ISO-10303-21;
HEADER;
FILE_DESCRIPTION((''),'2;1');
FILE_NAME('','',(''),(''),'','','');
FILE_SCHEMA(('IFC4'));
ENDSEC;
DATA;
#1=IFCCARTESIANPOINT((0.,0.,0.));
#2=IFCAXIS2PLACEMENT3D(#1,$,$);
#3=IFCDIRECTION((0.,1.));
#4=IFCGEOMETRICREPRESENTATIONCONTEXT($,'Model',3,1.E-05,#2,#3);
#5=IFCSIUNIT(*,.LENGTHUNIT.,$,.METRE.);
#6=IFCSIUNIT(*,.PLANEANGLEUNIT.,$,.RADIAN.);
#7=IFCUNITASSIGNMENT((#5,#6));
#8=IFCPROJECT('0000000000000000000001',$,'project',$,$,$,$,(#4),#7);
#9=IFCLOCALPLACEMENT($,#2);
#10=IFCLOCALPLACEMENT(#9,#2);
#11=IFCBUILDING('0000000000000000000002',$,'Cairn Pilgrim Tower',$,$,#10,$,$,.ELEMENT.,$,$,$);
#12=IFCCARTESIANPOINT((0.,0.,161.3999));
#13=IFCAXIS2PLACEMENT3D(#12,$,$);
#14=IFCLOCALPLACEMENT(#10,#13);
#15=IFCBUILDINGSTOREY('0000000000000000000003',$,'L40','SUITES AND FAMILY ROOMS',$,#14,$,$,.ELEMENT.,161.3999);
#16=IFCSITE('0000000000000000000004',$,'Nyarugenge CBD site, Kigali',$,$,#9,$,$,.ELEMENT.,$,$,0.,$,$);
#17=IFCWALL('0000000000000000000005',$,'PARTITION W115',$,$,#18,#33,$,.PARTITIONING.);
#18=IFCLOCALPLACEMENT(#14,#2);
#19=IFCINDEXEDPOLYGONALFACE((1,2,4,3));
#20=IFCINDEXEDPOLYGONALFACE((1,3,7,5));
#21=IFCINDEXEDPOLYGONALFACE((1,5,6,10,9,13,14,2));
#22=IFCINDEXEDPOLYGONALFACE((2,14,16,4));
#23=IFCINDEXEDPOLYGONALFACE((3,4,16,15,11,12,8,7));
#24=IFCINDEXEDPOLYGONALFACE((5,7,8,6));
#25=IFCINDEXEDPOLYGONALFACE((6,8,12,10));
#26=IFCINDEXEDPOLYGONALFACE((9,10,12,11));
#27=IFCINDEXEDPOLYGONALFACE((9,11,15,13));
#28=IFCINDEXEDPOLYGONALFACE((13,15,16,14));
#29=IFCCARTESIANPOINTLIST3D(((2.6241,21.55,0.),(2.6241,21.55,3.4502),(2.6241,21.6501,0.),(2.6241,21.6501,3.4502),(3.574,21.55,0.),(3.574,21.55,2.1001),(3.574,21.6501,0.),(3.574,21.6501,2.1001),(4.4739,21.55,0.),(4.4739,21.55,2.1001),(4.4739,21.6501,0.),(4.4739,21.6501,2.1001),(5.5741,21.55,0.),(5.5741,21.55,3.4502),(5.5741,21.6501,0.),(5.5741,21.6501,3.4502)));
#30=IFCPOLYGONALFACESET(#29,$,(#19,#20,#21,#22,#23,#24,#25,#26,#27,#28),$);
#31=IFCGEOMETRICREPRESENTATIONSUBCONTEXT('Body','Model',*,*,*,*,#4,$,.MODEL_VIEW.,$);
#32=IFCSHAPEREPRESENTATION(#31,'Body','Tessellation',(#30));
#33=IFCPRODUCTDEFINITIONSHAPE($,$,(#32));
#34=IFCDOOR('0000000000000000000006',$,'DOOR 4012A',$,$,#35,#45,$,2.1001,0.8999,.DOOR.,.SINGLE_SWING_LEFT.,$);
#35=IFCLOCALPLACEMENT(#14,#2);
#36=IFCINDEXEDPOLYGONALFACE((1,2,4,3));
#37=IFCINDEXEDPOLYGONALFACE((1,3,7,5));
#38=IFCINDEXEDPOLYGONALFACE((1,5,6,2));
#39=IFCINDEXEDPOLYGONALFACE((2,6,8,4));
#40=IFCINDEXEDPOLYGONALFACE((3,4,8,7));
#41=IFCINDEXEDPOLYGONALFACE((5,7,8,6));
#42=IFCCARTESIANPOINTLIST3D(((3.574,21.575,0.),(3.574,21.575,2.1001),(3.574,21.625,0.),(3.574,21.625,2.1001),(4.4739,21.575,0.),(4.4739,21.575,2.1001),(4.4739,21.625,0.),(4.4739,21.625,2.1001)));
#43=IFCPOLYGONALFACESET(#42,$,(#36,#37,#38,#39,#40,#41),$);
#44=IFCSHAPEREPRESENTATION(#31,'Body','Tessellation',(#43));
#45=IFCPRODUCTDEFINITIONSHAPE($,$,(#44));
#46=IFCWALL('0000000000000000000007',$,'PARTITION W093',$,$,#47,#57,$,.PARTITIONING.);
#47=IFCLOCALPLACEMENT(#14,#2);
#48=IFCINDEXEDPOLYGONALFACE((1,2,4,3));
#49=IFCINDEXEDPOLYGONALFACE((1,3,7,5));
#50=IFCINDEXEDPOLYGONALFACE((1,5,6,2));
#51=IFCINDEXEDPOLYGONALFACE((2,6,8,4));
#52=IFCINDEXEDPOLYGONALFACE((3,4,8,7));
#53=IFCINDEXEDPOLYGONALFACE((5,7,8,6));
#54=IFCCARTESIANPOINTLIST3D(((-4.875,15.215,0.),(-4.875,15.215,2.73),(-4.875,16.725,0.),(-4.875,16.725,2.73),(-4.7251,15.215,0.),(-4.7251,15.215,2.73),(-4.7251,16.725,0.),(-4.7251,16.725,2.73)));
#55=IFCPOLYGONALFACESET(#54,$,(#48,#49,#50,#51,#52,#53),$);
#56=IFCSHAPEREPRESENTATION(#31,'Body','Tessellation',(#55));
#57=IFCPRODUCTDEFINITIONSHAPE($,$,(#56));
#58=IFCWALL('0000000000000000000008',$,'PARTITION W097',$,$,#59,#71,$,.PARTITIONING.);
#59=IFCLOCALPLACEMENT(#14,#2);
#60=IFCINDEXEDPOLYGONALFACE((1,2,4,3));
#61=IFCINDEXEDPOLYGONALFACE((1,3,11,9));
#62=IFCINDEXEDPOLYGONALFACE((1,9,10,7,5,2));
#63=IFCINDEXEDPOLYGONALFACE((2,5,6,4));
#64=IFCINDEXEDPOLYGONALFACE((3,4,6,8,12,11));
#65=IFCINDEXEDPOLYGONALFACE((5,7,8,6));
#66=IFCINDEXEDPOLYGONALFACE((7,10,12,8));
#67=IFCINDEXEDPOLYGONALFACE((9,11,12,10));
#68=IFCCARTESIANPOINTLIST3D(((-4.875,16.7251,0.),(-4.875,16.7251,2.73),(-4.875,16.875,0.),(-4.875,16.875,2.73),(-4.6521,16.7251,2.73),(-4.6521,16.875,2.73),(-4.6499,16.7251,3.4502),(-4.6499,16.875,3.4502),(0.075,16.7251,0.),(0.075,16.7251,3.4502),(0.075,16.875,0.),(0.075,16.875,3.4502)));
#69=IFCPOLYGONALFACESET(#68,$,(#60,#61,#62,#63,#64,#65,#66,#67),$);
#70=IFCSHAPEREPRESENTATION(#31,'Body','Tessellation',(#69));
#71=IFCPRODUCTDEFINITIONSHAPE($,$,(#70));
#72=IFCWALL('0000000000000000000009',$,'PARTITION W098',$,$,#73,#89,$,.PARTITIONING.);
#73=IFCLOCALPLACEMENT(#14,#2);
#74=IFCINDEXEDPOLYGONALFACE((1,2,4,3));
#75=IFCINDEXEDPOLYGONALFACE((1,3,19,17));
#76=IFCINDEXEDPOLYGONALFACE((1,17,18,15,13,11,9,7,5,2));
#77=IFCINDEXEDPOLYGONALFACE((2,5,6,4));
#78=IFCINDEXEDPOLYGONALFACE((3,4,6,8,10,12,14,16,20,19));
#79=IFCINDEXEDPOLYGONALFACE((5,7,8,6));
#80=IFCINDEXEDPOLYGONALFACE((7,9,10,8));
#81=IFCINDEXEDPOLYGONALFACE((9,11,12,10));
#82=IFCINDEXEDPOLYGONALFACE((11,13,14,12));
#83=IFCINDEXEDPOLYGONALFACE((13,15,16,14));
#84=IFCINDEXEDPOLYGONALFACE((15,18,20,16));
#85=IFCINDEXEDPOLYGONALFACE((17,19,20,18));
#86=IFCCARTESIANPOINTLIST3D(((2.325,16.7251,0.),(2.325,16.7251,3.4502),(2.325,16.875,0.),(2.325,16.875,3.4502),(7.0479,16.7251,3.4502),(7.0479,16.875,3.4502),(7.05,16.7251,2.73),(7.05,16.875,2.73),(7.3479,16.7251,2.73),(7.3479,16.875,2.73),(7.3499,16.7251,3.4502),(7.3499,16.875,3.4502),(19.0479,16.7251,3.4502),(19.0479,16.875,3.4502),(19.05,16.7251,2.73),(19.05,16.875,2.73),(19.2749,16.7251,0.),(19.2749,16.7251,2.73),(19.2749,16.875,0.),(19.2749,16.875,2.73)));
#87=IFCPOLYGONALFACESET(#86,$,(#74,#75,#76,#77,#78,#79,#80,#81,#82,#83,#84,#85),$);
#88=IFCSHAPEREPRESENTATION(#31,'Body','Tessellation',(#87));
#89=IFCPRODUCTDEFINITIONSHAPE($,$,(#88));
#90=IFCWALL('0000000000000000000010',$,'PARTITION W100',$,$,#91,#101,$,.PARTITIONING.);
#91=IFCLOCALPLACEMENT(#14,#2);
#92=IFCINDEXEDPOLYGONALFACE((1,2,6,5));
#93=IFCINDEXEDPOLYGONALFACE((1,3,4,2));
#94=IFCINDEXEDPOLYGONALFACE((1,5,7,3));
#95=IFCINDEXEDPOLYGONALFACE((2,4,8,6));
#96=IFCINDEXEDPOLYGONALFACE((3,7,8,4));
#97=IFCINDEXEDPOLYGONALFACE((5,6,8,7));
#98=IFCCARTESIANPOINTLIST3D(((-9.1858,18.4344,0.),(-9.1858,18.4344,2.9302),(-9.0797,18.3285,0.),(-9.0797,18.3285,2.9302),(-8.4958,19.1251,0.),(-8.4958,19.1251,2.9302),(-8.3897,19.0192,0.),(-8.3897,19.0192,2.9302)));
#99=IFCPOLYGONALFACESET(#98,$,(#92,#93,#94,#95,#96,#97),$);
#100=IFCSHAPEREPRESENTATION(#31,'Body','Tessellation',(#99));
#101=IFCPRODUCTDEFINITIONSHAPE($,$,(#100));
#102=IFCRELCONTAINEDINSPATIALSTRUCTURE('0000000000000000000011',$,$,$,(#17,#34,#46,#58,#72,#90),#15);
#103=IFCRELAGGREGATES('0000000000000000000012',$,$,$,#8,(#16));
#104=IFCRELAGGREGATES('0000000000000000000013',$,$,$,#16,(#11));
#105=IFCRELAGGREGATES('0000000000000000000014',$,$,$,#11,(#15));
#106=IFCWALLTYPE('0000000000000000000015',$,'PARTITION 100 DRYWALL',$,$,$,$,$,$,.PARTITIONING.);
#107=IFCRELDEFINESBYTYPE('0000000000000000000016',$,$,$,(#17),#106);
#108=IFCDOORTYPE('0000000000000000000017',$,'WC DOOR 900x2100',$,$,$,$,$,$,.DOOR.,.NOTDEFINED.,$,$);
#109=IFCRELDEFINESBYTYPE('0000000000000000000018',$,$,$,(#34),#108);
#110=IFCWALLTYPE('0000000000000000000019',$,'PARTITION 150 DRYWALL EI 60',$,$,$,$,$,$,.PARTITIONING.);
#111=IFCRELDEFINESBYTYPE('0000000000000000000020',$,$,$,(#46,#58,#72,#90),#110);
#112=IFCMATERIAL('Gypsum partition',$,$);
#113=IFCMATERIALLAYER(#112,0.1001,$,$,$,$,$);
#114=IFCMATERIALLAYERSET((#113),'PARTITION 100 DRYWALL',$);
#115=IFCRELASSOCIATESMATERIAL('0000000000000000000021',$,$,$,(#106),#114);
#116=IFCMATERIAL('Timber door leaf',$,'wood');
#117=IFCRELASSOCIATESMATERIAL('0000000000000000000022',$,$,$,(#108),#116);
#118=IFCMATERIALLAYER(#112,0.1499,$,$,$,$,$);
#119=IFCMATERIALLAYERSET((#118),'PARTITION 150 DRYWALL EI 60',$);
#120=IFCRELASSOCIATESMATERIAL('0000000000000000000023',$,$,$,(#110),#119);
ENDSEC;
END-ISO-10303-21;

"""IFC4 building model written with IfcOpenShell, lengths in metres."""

from ifc_helpers import new_model, si_unit, direction, frame, frame_2d, origin, place, context, subcontext, project, spatial, polyline, rectangle, outline, extrude, material, layer, layer_set, type_object, element, fill, save


model = new_model("IFC4")

# Units and contexts
model_context = context("Model", 3, precision=1e-05, world=origin(), true_north=direction((0.0, 1.0)))
body_context = subcontext(model_context, "Body", "Model", "MODEL_VIEW")
ifc_project = project(units=[si_unit("LENGTHUNIT", "METRE"), si_unit("PLANEANGLEUNIT", "RADIAN")], contexts=[model_context])

# Site, building, storey
site_placement = place(None, origin())
site = spatial("IfcSite", under=ifc_project, at=site_placement, Name="Nyarugenge CBD site, Kigali", CompositionType="ELEMENT", RefElevation=0.0)
building_placement = place(site_placement, origin())
building = spatial("IfcBuilding", under=site, at=building_placement, Name="Cairn Pilgrim Tower", CompositionType="ELEMENT")
storey_placement = place(building_placement, frame((0.0, 0.0, 161.3999)))
storey = spatial("IfcBuildingStorey", under=building, at=storey_placement, Name="L40", Description="SUITES AND FAMILY ROOMS", CompositionType="ELEMENT", Elevation=161.3999)

# Shared definitions
ifc_material_1 = material(Name="Gypsum partition")
ifc_layer_1 = layer(ifc_material_1, 0.1001)
ifc_layer_set_1 = layer_set([ifc_layer_1], Name="PARTITION 100 DRYWALL")
wall_type_1 = type_object("IfcWallType", Name="PARTITION 100 DRYWALL", PredefinedType="PARTITIONING", material=ifc_layer_set_1)

# Shared definitions
ifc_material_2 = material(Name="Timber door leaf", Category="wood")

# Wall, opening, door
wall_1_placement = place(storey_placement, frame((2.624, 21.6001, 0.0), z_axis=(0.0, 0.0, 1.0), x_axis=(1.0, 0.0, 0.0)))
wall_1 = element("IfcWall", 1, at=wall_1_placement, inside=storey, type_object=wall_type_1, Name="PARTITION W115", PredefinedType="PARTITIONING", context=body_context, shape_type="SweptSolid", body=[
    extrude(rectangle(XDim=2.95, YDim=0.1001, at=frame_2d((1.4751, 0.0))), origin(), (0.0, 0.0, 1.0), 3.4502),
])
opening_1_placement = place(wall_1_placement, frame((0.95, 0.0, 0.0)))
opening_1 = element("IfcOpeningElement", 2, at=opening_1_placement, cuts=wall_1, PredefinedType="OPENING", context=body_context, shape_type="SweptSolid", body=[
    extrude(rectangle(XDim=0.8999, YDim=2.1001, at=frame_2d((0.45, 1.05))), frame((0.0, 0.0601, 0.0), z_axis=(0.0, -1.0, 0.0), x_axis=(1.0, 0.0, 0.0)), (0.0, 0.0, 1.0), 0.1201),
])
door_type_1 = type_object("IfcDoorType", Name="WC DOOR 900x2100", OperationType="NOTDEFINED", PredefinedType="DOOR", material=ifc_material_2)
door_1_placement = place(opening_1_placement, origin())
door_1 = element("IfcDoor", 3, at=door_1_placement, inside=storey, type_object=door_type_1, Name="DOOR 4012A", OperationType="SINGLE_SWING_LEFT", OverallHeight=2.1001, OverallWidth=0.8999, PredefinedType="DOOR", context=body_context, shape_type="SweptSolid", body=[
    extrude(rectangle(XDim=0.8999, YDim=2.1001, at=frame_2d((0.45, 1.05))), frame((0.0, 0.0249, 0.0), z_axis=(0.0, -1.0, 0.0), x_axis=(1.0, 0.0, 0.0)), (0.0, 0.0, 1.0), 0.05),
])
fill(opening_1, door_1)

# Walls
ifc_layer_2 = layer(ifc_material_1, 0.1499)
ifc_layer_set_2 = layer_set([ifc_layer_2], Name="PARTITION 150 DRYWALL EI 60")
wall_type_2 = type_object("IfcWallType", Name="PARTITION 150 DRYWALL EI 60", PredefinedType="PARTITIONING", material=ifc_layer_set_2)
wall_2_placement = place(storey_placement, frame((-4.8, 15.2151, 0.0), z_axis=(0.0, 0.0, 1.0), x_axis=(0.0, 1.0, 0.0)))
element("IfcWall", 4, at=wall_2_placement, inside=storey, type_object=wall_type_2, Name="PARTITION W093", PredefinedType="PARTITIONING", context=body_context, shape_type="SweptSolid", body=[
    extrude(rectangle(XDim=1.51, YDim=0.1499, at=frame_2d((0.7549, 0.0))), origin(), (0.0, 0.0, 1.0), 2.73),
])
wall_3_placement = place(storey_placement, frame((-4.875, 16.8, 0.0), z_axis=(0.0, 0.0, 1.0), x_axis=(1.0, 0.0, 0.0)))
element("IfcWall", 5, at=wall_3_placement, inside=storey, type_object=wall_type_2, Name="PARTITION W097", PredefinedType="PARTITIONING", context=body_context, shape_type="SweptSolid", body=[
    extrude(outline(polyline([(0.0, 0.0), (4.95, 0.0), (4.95, 3.4502), (0.2251, 3.4502), (0.2229, 2.73), (0.0, 2.73), (0.0, 0.0)])), frame((0.0, 0.075, 0.0), z_axis=(0.0, -1.0, 0.0), x_axis=(1.0, 0.0, 0.0)), (0.0, 0.0, 1.0), 0.1499),
])
wall_4_placement = place(storey_placement, frame((2.325, 16.8, 0.0), z_axis=(0.0, 0.0, 1.0), x_axis=(1.0, 0.0, 0.0)))
element("IfcWall", 6, at=wall_4_placement, inside=storey, type_object=wall_type_2, Name="PARTITION W098", PredefinedType="PARTITIONING", context=body_context, shape_type="SweptSolid", body=[
    extrude(outline(polyline([(0.0, 0.0), (16.95, 0.0), (16.95, 2.73), (16.7251, 2.73), (16.7229, 3.4502), (5.0249, 3.4502), (5.0229, 2.73), (4.7251, 2.73), (4.7229, 3.4502), (0.0, 3.4502), (0.0, 0.0)])), frame((0.0, 0.075, 0.0), z_axis=(0.0, -1.0, 0.0), x_axis=(1.0, 0.0, 0.0)), (0.0, 0.0, 1.0), 0.1499),
])
wall_5_placement = place(storey_placement, frame((-9.1328, 18.3813, 0.0), z_axis=(0.0, 0.0, 1.0), x_axis=(0.706732, 0.707482, 0.0)))
element("IfcWall", 7, at=wall_5_placement, inside=storey, type_object=wall_type_2, Name="PARTITION W100", PredefinedType="PARTITIONING", context=body_context, shape_type="SweptSolid", body=[
    extrude(rectangle(XDim=0.9763, YDim=0.1499, at=frame_2d((0.4883, 0.0))), origin(), (0.0, 0.0, 1.0), 2.9302),
])

save(model, "model.ifc")
